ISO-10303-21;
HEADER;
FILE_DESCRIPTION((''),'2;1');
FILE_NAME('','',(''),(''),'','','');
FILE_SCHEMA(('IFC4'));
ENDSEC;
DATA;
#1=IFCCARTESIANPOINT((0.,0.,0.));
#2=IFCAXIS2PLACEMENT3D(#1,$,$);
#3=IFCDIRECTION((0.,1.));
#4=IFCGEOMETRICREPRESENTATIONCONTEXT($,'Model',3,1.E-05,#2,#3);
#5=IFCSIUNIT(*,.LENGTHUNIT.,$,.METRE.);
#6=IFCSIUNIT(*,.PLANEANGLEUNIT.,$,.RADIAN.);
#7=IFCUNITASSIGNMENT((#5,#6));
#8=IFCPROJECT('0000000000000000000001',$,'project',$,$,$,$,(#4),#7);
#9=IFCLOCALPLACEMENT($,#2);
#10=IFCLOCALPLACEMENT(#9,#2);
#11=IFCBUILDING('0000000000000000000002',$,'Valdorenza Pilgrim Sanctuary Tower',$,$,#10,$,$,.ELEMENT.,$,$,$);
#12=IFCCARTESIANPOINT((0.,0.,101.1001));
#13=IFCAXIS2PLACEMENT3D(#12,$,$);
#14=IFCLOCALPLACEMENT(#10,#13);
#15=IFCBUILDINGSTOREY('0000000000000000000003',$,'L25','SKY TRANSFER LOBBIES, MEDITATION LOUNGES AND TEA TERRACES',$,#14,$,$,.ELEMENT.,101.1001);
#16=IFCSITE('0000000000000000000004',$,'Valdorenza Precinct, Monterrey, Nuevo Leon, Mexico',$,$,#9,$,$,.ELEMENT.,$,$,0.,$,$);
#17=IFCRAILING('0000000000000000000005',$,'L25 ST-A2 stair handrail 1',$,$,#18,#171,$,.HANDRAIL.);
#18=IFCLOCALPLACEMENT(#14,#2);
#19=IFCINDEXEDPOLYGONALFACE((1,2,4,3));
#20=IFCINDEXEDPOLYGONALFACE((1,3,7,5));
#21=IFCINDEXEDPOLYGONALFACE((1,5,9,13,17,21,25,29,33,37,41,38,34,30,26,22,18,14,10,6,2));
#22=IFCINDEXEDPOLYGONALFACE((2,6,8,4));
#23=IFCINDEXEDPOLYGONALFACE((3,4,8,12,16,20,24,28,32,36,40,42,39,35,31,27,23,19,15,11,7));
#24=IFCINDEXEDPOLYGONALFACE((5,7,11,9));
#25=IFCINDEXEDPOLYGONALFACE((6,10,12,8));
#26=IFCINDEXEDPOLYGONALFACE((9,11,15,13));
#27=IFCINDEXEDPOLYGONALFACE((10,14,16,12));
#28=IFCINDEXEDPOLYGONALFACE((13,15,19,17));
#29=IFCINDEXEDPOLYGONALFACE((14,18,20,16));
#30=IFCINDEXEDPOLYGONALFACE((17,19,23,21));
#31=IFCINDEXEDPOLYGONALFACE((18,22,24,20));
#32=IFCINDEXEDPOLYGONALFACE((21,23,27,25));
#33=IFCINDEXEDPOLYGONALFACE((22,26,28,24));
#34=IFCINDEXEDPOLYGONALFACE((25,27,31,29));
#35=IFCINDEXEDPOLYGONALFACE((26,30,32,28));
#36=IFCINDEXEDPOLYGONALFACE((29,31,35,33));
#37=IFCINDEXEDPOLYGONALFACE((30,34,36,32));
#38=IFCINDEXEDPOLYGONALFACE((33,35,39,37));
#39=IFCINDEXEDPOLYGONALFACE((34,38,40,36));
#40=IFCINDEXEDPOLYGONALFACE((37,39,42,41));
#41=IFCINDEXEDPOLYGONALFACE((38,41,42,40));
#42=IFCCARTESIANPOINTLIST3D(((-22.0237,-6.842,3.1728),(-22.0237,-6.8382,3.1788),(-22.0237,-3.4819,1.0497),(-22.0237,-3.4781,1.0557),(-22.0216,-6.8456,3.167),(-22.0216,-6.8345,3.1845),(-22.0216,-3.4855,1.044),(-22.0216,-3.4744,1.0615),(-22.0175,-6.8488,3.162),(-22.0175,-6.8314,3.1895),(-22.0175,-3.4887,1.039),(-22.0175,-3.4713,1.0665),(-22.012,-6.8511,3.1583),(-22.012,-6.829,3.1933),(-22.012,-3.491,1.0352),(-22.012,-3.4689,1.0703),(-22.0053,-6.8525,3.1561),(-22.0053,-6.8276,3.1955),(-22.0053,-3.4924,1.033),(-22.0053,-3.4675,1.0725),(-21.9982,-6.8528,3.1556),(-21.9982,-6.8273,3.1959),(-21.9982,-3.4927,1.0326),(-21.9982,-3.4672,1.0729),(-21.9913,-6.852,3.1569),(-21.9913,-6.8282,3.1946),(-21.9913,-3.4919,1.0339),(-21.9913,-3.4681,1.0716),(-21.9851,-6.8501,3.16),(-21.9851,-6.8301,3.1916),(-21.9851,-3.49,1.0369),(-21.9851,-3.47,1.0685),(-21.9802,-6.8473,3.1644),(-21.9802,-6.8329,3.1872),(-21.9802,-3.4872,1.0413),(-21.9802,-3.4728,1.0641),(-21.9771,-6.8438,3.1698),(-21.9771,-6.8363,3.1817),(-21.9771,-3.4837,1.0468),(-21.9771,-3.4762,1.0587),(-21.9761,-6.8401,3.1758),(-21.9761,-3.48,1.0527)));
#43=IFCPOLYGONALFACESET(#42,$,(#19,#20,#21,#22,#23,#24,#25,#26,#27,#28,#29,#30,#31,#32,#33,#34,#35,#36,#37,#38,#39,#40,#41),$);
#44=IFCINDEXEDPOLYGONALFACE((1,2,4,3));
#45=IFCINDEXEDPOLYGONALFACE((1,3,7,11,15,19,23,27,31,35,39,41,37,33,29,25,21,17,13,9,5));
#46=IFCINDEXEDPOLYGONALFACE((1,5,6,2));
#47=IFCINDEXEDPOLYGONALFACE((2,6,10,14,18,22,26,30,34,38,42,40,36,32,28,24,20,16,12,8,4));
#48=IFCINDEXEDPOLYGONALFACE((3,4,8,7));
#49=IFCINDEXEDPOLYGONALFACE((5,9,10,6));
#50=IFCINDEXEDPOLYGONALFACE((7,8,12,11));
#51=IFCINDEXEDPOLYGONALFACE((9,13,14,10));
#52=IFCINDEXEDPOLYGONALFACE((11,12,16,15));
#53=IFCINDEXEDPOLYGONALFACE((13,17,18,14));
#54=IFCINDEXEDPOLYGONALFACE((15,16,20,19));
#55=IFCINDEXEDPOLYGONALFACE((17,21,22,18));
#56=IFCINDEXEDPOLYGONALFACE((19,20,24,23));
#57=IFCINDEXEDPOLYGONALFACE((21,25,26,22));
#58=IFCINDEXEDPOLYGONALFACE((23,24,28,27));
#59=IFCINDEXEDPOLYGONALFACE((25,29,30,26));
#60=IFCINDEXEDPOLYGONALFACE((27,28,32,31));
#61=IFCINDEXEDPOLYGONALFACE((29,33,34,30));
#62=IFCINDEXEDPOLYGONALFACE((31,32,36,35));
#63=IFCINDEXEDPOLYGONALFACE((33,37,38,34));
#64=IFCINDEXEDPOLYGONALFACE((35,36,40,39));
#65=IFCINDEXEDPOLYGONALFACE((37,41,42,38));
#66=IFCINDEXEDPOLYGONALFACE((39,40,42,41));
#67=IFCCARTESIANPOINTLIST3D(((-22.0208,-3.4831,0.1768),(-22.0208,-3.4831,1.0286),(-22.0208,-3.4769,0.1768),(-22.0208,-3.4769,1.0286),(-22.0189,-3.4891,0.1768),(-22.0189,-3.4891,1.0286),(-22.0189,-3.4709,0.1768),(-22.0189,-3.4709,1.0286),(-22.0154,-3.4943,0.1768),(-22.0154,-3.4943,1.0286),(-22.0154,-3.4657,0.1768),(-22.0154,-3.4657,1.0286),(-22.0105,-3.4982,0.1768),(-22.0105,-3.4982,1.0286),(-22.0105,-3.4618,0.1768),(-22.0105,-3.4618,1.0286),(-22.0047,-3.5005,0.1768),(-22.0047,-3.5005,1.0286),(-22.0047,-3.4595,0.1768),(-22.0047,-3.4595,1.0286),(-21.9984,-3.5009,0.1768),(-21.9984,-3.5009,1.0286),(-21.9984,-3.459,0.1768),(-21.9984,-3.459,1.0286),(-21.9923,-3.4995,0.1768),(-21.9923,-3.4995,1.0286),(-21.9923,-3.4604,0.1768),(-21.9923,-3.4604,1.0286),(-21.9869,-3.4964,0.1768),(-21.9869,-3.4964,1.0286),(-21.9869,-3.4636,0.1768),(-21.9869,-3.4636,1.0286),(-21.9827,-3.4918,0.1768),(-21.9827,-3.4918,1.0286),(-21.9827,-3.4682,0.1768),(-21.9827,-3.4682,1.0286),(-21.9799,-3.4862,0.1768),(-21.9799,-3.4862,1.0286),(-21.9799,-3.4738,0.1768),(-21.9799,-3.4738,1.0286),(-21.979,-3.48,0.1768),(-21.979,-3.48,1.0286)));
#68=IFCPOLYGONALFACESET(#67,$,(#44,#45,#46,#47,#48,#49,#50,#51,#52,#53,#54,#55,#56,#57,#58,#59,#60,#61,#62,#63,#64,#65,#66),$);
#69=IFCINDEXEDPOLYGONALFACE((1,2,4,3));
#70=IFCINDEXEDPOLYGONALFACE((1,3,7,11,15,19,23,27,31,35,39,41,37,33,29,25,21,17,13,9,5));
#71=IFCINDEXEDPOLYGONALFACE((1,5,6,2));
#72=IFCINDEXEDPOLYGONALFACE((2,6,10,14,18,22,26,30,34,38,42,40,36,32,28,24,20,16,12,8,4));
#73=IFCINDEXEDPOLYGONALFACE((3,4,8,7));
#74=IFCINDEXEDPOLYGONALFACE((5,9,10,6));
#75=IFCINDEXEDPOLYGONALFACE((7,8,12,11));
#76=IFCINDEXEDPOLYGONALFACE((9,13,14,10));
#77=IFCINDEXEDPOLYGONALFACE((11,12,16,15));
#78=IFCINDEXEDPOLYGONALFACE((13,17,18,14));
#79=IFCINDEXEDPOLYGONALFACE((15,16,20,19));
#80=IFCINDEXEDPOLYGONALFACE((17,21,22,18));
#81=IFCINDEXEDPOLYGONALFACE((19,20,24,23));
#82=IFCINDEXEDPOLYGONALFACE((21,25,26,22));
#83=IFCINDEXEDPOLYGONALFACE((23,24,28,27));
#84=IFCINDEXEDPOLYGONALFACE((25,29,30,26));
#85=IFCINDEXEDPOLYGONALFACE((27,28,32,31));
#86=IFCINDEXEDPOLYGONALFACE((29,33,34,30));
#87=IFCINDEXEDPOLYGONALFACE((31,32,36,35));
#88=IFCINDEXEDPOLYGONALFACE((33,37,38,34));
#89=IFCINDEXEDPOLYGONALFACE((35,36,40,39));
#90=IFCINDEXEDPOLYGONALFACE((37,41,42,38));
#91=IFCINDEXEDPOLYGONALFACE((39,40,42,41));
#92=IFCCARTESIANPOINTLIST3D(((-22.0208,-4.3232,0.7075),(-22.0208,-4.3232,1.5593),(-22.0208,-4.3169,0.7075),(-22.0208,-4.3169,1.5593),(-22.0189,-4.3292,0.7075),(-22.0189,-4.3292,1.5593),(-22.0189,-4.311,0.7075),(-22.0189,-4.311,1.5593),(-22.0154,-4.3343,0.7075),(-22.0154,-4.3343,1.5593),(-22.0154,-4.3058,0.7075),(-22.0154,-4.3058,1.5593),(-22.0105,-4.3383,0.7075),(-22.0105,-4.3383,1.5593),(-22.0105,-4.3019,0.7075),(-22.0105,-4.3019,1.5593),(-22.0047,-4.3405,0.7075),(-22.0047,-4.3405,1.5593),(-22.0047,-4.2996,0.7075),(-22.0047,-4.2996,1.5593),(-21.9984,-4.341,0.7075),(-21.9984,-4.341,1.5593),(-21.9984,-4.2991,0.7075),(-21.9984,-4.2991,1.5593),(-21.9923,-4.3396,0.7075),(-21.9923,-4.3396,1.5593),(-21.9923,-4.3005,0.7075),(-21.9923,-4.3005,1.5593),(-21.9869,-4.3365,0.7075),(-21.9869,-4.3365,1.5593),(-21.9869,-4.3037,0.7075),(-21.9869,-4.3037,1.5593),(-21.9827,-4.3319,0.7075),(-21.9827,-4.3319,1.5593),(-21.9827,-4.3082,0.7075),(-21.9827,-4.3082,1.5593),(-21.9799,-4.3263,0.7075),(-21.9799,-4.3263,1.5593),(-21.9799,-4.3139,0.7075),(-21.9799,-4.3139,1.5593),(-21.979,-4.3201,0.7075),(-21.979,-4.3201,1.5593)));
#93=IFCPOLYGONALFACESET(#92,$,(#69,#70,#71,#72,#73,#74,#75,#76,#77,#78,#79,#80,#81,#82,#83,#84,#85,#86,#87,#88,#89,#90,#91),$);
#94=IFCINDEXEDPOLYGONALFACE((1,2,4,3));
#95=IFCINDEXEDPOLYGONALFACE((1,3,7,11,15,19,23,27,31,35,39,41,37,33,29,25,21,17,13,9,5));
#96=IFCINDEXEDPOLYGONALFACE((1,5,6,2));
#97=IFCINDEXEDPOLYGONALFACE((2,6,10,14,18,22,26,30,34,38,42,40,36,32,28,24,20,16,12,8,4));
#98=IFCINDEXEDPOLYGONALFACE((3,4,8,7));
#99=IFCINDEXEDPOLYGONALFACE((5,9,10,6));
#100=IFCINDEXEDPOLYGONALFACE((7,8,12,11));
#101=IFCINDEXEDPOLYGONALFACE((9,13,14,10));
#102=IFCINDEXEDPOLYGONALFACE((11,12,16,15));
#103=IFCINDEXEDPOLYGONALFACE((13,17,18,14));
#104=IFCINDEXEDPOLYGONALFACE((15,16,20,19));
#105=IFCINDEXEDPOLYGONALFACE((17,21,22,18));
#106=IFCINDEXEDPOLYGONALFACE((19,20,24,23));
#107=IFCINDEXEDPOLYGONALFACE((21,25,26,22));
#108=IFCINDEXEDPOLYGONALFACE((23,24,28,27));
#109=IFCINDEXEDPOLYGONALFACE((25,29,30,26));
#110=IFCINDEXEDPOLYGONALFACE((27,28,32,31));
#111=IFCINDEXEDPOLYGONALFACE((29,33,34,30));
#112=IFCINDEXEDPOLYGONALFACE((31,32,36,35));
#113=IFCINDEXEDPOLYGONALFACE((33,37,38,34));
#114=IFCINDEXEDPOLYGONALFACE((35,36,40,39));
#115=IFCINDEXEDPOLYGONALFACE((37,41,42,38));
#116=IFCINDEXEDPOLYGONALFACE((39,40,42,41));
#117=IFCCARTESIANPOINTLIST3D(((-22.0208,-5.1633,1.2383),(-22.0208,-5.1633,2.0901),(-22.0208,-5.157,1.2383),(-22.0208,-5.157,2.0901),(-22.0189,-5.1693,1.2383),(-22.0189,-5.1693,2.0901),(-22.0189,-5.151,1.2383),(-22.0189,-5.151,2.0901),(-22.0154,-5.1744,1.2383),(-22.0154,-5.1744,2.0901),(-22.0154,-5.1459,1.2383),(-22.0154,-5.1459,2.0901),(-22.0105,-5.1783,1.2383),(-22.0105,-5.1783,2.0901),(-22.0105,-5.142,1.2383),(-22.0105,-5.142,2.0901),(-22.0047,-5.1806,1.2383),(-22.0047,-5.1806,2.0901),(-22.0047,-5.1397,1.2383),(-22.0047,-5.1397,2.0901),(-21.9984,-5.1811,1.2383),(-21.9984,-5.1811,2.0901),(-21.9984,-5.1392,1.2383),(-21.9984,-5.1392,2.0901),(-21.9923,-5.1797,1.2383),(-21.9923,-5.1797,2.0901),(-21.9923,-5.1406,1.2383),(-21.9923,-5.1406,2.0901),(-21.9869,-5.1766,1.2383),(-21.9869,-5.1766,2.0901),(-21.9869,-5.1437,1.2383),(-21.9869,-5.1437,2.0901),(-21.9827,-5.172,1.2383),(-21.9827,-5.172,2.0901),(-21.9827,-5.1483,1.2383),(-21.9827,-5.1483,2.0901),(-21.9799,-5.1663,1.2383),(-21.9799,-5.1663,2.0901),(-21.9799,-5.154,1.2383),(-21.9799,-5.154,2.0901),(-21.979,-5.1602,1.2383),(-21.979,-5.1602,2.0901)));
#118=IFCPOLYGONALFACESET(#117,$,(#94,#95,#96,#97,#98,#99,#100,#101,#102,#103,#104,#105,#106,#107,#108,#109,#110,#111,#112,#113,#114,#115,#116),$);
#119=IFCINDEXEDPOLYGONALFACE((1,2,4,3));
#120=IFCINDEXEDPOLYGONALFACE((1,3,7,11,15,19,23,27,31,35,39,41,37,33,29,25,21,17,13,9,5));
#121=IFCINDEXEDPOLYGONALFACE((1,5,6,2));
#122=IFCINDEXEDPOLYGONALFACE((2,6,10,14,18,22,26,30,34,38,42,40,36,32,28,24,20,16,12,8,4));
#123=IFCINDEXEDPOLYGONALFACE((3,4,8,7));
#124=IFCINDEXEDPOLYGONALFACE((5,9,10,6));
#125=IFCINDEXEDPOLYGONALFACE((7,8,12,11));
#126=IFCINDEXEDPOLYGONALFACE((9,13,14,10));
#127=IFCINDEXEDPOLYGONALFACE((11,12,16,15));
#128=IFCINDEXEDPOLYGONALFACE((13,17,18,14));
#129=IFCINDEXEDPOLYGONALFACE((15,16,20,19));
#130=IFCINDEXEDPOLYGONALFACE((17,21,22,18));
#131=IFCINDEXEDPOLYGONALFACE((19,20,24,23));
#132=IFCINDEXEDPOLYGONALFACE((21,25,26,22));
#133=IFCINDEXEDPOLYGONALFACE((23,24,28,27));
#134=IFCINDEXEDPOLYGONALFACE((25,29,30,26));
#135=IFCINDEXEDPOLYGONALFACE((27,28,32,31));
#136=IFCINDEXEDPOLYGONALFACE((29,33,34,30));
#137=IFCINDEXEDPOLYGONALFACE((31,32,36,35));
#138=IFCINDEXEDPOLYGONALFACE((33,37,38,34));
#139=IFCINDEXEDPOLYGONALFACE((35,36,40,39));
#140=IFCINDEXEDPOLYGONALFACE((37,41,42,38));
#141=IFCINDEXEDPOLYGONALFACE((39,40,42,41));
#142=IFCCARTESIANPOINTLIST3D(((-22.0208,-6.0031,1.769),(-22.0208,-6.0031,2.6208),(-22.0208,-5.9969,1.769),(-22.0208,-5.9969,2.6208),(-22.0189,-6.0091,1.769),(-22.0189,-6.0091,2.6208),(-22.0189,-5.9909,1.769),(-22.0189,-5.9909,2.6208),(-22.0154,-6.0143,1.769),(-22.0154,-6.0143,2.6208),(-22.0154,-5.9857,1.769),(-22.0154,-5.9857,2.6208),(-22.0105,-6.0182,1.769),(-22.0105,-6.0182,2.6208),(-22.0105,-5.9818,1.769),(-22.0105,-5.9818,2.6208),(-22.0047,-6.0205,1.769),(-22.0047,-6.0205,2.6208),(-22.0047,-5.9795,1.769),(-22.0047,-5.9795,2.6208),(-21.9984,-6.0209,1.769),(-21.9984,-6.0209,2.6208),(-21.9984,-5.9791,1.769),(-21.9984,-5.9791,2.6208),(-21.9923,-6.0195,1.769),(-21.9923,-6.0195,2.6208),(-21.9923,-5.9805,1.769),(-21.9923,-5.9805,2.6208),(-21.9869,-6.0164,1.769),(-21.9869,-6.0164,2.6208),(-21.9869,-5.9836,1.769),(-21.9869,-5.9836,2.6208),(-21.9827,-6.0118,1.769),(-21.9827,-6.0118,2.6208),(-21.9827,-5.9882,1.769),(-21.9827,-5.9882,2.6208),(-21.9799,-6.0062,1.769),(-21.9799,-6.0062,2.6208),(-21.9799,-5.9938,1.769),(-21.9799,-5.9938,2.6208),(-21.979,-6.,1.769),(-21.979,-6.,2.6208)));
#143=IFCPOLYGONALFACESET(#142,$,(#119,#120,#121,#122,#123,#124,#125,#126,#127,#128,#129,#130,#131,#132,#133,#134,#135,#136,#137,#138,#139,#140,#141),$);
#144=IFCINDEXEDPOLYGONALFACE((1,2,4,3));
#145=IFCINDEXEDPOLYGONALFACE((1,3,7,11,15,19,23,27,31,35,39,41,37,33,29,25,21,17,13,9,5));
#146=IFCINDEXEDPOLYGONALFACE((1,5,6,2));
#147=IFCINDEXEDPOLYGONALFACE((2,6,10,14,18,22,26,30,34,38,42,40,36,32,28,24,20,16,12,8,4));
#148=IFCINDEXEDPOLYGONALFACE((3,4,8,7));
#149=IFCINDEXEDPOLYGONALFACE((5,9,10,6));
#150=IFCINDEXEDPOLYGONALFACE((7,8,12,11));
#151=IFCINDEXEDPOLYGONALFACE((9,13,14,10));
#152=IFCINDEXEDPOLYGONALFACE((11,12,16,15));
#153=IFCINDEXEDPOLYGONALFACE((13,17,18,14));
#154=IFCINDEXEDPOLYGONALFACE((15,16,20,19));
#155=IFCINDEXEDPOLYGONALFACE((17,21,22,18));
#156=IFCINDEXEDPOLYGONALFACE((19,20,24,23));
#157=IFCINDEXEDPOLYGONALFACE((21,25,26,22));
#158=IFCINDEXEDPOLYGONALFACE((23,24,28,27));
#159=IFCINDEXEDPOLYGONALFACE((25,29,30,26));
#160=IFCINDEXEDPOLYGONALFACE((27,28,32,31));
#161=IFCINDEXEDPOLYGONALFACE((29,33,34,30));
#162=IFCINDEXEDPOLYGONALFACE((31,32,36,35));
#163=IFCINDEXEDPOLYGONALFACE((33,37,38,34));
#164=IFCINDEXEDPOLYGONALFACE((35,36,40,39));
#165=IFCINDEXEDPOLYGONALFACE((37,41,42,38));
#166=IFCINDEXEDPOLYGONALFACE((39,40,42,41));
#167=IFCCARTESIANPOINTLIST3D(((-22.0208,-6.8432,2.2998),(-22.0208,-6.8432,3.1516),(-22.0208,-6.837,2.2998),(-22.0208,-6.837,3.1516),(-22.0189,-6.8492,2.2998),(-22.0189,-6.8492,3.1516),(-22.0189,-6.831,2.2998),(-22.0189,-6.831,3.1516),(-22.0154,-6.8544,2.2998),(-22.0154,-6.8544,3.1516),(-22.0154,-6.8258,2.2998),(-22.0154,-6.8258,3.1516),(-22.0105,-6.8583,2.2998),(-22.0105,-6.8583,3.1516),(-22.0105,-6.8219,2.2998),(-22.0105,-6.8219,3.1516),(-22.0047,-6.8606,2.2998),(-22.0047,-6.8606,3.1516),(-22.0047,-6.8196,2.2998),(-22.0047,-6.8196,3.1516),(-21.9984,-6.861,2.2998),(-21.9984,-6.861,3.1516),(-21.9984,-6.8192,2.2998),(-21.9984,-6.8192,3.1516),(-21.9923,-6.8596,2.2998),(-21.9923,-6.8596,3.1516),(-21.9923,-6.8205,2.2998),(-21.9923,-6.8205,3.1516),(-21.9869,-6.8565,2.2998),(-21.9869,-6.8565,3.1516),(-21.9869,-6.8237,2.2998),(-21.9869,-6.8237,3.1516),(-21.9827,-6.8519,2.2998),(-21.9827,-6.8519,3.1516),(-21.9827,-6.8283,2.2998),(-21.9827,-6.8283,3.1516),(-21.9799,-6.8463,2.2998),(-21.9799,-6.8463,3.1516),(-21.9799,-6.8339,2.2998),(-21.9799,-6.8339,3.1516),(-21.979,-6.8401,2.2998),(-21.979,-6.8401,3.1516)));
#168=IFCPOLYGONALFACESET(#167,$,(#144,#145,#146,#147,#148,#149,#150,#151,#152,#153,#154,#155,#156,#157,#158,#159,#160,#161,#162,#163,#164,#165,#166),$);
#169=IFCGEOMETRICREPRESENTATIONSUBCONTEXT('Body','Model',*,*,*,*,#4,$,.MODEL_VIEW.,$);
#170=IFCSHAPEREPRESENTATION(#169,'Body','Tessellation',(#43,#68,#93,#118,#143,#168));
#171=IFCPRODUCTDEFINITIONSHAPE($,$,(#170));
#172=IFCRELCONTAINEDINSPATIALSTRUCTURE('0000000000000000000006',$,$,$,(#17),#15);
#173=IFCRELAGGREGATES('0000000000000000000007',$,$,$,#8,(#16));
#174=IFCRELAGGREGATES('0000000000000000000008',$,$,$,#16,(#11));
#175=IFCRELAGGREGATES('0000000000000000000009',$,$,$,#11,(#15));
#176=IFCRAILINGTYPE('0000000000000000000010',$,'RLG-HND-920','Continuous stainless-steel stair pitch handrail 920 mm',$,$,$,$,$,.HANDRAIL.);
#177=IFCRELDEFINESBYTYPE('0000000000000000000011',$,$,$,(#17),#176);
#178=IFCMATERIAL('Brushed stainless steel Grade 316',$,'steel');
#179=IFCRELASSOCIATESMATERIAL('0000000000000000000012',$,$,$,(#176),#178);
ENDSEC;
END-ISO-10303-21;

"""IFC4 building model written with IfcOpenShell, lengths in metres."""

from ifc_helpers import new_model, si_unit, direction, frame, origin, origin_2d, place, context, subcontext, project, spatial, circle, extrude, material, type_object, element, save


model = new_model("IFC4")

# Units and contexts
model_context = context("Model", 3, precision=1e-05, world=origin(), true_north=direction((0.0, 1.0)))
body_context = subcontext(model_context, "Body", "Model", "MODEL_VIEW")
ifc_project = project(units=[si_unit("LENGTHUNIT", "METRE"), si_unit("PLANEANGLEUNIT", "RADIAN")], contexts=[model_context])

# Site, building, storey
site_placement = place(None, origin())
site = spatial("IfcSite", under=ifc_project, at=site_placement, Name="Valdorenza Precinct, Monterrey, Nuevo Leon, Mexico", CompositionType="ELEMENT", RefElevation=0.0)
building_placement = place(site_placement, origin())
building = spatial("IfcBuilding", under=site, at=building_placement, Name="Valdorenza Pilgrim Sanctuary Tower", CompositionType="ELEMENT")
storey_placement = place(building_placement, frame((0.0, 0.0, 101.1001)))
storey = spatial("IfcBuildingStorey", under=building, at=storey_placement, Name="L25", Description="SKY TRANSFER LOBBIES, MEDITATION LOUNGES AND TEA TERRACES", CompositionType="ELEMENT", Elevation=101.1001)

# Shared definitions
ifc_material_1 = material(Name="Brushed stainless steel Grade 316", Category="steel")

# Railing
railing_type_1 = type_object("IfcRailingType", Name="RLG-HND-920", Description="Continuous stainless-steel stair pitch handrail 920 mm", PredefinedType="HANDRAIL", material=ifc_material_1)
railing_1_placement = place(storey_placement, frame((-22.0, -3.48, 0.1768)))
element("IfcRailing", 1, at=railing_1_placement, inside=storey, type_object=railing_type_1, Name="L25 ST-A2 stair handrail 1", PredefinedType="HANDRAIL", context=body_context, shape_type="SweptSolid", body=[
    extrude(circle(Radius=0.0239, at=origin_2d()), frame((0.0, 0.0, 0.876), z_axis=(0.0, -0.84539, 0.53415), x_axis=(1.0, 0.0, 0.0)), (0.0, 0.0, 1.0), 3.9746),
    extrude(circle(Radius=0.021, at=origin_2d()), origin(), (0.0, 0.0, 1.0), 0.8518),
    extrude(circle(Radius=0.021, at=origin_2d()), frame((0.0, -0.8401, 0.5308)), (0.0, 0.0, 1.0), 0.8518),
    extrude(circle(Radius=0.021, at=origin_2d()), frame((0.0, -1.6802, 1.0615)), (0.0, 0.0, 1.0), 0.8518),
    extrude(circle(Radius=0.021, at=origin_2d()), frame((0.0, -2.52, 1.5923)), (0.0, 0.0, 1.0), 0.8518),
    extrude(circle(Radius=0.021, at=origin_2d()), frame((0.0, -3.3601, 2.123)), (0.0, 0.0, 1.0), 0.8518),
])

save(model, "model.ifc")
